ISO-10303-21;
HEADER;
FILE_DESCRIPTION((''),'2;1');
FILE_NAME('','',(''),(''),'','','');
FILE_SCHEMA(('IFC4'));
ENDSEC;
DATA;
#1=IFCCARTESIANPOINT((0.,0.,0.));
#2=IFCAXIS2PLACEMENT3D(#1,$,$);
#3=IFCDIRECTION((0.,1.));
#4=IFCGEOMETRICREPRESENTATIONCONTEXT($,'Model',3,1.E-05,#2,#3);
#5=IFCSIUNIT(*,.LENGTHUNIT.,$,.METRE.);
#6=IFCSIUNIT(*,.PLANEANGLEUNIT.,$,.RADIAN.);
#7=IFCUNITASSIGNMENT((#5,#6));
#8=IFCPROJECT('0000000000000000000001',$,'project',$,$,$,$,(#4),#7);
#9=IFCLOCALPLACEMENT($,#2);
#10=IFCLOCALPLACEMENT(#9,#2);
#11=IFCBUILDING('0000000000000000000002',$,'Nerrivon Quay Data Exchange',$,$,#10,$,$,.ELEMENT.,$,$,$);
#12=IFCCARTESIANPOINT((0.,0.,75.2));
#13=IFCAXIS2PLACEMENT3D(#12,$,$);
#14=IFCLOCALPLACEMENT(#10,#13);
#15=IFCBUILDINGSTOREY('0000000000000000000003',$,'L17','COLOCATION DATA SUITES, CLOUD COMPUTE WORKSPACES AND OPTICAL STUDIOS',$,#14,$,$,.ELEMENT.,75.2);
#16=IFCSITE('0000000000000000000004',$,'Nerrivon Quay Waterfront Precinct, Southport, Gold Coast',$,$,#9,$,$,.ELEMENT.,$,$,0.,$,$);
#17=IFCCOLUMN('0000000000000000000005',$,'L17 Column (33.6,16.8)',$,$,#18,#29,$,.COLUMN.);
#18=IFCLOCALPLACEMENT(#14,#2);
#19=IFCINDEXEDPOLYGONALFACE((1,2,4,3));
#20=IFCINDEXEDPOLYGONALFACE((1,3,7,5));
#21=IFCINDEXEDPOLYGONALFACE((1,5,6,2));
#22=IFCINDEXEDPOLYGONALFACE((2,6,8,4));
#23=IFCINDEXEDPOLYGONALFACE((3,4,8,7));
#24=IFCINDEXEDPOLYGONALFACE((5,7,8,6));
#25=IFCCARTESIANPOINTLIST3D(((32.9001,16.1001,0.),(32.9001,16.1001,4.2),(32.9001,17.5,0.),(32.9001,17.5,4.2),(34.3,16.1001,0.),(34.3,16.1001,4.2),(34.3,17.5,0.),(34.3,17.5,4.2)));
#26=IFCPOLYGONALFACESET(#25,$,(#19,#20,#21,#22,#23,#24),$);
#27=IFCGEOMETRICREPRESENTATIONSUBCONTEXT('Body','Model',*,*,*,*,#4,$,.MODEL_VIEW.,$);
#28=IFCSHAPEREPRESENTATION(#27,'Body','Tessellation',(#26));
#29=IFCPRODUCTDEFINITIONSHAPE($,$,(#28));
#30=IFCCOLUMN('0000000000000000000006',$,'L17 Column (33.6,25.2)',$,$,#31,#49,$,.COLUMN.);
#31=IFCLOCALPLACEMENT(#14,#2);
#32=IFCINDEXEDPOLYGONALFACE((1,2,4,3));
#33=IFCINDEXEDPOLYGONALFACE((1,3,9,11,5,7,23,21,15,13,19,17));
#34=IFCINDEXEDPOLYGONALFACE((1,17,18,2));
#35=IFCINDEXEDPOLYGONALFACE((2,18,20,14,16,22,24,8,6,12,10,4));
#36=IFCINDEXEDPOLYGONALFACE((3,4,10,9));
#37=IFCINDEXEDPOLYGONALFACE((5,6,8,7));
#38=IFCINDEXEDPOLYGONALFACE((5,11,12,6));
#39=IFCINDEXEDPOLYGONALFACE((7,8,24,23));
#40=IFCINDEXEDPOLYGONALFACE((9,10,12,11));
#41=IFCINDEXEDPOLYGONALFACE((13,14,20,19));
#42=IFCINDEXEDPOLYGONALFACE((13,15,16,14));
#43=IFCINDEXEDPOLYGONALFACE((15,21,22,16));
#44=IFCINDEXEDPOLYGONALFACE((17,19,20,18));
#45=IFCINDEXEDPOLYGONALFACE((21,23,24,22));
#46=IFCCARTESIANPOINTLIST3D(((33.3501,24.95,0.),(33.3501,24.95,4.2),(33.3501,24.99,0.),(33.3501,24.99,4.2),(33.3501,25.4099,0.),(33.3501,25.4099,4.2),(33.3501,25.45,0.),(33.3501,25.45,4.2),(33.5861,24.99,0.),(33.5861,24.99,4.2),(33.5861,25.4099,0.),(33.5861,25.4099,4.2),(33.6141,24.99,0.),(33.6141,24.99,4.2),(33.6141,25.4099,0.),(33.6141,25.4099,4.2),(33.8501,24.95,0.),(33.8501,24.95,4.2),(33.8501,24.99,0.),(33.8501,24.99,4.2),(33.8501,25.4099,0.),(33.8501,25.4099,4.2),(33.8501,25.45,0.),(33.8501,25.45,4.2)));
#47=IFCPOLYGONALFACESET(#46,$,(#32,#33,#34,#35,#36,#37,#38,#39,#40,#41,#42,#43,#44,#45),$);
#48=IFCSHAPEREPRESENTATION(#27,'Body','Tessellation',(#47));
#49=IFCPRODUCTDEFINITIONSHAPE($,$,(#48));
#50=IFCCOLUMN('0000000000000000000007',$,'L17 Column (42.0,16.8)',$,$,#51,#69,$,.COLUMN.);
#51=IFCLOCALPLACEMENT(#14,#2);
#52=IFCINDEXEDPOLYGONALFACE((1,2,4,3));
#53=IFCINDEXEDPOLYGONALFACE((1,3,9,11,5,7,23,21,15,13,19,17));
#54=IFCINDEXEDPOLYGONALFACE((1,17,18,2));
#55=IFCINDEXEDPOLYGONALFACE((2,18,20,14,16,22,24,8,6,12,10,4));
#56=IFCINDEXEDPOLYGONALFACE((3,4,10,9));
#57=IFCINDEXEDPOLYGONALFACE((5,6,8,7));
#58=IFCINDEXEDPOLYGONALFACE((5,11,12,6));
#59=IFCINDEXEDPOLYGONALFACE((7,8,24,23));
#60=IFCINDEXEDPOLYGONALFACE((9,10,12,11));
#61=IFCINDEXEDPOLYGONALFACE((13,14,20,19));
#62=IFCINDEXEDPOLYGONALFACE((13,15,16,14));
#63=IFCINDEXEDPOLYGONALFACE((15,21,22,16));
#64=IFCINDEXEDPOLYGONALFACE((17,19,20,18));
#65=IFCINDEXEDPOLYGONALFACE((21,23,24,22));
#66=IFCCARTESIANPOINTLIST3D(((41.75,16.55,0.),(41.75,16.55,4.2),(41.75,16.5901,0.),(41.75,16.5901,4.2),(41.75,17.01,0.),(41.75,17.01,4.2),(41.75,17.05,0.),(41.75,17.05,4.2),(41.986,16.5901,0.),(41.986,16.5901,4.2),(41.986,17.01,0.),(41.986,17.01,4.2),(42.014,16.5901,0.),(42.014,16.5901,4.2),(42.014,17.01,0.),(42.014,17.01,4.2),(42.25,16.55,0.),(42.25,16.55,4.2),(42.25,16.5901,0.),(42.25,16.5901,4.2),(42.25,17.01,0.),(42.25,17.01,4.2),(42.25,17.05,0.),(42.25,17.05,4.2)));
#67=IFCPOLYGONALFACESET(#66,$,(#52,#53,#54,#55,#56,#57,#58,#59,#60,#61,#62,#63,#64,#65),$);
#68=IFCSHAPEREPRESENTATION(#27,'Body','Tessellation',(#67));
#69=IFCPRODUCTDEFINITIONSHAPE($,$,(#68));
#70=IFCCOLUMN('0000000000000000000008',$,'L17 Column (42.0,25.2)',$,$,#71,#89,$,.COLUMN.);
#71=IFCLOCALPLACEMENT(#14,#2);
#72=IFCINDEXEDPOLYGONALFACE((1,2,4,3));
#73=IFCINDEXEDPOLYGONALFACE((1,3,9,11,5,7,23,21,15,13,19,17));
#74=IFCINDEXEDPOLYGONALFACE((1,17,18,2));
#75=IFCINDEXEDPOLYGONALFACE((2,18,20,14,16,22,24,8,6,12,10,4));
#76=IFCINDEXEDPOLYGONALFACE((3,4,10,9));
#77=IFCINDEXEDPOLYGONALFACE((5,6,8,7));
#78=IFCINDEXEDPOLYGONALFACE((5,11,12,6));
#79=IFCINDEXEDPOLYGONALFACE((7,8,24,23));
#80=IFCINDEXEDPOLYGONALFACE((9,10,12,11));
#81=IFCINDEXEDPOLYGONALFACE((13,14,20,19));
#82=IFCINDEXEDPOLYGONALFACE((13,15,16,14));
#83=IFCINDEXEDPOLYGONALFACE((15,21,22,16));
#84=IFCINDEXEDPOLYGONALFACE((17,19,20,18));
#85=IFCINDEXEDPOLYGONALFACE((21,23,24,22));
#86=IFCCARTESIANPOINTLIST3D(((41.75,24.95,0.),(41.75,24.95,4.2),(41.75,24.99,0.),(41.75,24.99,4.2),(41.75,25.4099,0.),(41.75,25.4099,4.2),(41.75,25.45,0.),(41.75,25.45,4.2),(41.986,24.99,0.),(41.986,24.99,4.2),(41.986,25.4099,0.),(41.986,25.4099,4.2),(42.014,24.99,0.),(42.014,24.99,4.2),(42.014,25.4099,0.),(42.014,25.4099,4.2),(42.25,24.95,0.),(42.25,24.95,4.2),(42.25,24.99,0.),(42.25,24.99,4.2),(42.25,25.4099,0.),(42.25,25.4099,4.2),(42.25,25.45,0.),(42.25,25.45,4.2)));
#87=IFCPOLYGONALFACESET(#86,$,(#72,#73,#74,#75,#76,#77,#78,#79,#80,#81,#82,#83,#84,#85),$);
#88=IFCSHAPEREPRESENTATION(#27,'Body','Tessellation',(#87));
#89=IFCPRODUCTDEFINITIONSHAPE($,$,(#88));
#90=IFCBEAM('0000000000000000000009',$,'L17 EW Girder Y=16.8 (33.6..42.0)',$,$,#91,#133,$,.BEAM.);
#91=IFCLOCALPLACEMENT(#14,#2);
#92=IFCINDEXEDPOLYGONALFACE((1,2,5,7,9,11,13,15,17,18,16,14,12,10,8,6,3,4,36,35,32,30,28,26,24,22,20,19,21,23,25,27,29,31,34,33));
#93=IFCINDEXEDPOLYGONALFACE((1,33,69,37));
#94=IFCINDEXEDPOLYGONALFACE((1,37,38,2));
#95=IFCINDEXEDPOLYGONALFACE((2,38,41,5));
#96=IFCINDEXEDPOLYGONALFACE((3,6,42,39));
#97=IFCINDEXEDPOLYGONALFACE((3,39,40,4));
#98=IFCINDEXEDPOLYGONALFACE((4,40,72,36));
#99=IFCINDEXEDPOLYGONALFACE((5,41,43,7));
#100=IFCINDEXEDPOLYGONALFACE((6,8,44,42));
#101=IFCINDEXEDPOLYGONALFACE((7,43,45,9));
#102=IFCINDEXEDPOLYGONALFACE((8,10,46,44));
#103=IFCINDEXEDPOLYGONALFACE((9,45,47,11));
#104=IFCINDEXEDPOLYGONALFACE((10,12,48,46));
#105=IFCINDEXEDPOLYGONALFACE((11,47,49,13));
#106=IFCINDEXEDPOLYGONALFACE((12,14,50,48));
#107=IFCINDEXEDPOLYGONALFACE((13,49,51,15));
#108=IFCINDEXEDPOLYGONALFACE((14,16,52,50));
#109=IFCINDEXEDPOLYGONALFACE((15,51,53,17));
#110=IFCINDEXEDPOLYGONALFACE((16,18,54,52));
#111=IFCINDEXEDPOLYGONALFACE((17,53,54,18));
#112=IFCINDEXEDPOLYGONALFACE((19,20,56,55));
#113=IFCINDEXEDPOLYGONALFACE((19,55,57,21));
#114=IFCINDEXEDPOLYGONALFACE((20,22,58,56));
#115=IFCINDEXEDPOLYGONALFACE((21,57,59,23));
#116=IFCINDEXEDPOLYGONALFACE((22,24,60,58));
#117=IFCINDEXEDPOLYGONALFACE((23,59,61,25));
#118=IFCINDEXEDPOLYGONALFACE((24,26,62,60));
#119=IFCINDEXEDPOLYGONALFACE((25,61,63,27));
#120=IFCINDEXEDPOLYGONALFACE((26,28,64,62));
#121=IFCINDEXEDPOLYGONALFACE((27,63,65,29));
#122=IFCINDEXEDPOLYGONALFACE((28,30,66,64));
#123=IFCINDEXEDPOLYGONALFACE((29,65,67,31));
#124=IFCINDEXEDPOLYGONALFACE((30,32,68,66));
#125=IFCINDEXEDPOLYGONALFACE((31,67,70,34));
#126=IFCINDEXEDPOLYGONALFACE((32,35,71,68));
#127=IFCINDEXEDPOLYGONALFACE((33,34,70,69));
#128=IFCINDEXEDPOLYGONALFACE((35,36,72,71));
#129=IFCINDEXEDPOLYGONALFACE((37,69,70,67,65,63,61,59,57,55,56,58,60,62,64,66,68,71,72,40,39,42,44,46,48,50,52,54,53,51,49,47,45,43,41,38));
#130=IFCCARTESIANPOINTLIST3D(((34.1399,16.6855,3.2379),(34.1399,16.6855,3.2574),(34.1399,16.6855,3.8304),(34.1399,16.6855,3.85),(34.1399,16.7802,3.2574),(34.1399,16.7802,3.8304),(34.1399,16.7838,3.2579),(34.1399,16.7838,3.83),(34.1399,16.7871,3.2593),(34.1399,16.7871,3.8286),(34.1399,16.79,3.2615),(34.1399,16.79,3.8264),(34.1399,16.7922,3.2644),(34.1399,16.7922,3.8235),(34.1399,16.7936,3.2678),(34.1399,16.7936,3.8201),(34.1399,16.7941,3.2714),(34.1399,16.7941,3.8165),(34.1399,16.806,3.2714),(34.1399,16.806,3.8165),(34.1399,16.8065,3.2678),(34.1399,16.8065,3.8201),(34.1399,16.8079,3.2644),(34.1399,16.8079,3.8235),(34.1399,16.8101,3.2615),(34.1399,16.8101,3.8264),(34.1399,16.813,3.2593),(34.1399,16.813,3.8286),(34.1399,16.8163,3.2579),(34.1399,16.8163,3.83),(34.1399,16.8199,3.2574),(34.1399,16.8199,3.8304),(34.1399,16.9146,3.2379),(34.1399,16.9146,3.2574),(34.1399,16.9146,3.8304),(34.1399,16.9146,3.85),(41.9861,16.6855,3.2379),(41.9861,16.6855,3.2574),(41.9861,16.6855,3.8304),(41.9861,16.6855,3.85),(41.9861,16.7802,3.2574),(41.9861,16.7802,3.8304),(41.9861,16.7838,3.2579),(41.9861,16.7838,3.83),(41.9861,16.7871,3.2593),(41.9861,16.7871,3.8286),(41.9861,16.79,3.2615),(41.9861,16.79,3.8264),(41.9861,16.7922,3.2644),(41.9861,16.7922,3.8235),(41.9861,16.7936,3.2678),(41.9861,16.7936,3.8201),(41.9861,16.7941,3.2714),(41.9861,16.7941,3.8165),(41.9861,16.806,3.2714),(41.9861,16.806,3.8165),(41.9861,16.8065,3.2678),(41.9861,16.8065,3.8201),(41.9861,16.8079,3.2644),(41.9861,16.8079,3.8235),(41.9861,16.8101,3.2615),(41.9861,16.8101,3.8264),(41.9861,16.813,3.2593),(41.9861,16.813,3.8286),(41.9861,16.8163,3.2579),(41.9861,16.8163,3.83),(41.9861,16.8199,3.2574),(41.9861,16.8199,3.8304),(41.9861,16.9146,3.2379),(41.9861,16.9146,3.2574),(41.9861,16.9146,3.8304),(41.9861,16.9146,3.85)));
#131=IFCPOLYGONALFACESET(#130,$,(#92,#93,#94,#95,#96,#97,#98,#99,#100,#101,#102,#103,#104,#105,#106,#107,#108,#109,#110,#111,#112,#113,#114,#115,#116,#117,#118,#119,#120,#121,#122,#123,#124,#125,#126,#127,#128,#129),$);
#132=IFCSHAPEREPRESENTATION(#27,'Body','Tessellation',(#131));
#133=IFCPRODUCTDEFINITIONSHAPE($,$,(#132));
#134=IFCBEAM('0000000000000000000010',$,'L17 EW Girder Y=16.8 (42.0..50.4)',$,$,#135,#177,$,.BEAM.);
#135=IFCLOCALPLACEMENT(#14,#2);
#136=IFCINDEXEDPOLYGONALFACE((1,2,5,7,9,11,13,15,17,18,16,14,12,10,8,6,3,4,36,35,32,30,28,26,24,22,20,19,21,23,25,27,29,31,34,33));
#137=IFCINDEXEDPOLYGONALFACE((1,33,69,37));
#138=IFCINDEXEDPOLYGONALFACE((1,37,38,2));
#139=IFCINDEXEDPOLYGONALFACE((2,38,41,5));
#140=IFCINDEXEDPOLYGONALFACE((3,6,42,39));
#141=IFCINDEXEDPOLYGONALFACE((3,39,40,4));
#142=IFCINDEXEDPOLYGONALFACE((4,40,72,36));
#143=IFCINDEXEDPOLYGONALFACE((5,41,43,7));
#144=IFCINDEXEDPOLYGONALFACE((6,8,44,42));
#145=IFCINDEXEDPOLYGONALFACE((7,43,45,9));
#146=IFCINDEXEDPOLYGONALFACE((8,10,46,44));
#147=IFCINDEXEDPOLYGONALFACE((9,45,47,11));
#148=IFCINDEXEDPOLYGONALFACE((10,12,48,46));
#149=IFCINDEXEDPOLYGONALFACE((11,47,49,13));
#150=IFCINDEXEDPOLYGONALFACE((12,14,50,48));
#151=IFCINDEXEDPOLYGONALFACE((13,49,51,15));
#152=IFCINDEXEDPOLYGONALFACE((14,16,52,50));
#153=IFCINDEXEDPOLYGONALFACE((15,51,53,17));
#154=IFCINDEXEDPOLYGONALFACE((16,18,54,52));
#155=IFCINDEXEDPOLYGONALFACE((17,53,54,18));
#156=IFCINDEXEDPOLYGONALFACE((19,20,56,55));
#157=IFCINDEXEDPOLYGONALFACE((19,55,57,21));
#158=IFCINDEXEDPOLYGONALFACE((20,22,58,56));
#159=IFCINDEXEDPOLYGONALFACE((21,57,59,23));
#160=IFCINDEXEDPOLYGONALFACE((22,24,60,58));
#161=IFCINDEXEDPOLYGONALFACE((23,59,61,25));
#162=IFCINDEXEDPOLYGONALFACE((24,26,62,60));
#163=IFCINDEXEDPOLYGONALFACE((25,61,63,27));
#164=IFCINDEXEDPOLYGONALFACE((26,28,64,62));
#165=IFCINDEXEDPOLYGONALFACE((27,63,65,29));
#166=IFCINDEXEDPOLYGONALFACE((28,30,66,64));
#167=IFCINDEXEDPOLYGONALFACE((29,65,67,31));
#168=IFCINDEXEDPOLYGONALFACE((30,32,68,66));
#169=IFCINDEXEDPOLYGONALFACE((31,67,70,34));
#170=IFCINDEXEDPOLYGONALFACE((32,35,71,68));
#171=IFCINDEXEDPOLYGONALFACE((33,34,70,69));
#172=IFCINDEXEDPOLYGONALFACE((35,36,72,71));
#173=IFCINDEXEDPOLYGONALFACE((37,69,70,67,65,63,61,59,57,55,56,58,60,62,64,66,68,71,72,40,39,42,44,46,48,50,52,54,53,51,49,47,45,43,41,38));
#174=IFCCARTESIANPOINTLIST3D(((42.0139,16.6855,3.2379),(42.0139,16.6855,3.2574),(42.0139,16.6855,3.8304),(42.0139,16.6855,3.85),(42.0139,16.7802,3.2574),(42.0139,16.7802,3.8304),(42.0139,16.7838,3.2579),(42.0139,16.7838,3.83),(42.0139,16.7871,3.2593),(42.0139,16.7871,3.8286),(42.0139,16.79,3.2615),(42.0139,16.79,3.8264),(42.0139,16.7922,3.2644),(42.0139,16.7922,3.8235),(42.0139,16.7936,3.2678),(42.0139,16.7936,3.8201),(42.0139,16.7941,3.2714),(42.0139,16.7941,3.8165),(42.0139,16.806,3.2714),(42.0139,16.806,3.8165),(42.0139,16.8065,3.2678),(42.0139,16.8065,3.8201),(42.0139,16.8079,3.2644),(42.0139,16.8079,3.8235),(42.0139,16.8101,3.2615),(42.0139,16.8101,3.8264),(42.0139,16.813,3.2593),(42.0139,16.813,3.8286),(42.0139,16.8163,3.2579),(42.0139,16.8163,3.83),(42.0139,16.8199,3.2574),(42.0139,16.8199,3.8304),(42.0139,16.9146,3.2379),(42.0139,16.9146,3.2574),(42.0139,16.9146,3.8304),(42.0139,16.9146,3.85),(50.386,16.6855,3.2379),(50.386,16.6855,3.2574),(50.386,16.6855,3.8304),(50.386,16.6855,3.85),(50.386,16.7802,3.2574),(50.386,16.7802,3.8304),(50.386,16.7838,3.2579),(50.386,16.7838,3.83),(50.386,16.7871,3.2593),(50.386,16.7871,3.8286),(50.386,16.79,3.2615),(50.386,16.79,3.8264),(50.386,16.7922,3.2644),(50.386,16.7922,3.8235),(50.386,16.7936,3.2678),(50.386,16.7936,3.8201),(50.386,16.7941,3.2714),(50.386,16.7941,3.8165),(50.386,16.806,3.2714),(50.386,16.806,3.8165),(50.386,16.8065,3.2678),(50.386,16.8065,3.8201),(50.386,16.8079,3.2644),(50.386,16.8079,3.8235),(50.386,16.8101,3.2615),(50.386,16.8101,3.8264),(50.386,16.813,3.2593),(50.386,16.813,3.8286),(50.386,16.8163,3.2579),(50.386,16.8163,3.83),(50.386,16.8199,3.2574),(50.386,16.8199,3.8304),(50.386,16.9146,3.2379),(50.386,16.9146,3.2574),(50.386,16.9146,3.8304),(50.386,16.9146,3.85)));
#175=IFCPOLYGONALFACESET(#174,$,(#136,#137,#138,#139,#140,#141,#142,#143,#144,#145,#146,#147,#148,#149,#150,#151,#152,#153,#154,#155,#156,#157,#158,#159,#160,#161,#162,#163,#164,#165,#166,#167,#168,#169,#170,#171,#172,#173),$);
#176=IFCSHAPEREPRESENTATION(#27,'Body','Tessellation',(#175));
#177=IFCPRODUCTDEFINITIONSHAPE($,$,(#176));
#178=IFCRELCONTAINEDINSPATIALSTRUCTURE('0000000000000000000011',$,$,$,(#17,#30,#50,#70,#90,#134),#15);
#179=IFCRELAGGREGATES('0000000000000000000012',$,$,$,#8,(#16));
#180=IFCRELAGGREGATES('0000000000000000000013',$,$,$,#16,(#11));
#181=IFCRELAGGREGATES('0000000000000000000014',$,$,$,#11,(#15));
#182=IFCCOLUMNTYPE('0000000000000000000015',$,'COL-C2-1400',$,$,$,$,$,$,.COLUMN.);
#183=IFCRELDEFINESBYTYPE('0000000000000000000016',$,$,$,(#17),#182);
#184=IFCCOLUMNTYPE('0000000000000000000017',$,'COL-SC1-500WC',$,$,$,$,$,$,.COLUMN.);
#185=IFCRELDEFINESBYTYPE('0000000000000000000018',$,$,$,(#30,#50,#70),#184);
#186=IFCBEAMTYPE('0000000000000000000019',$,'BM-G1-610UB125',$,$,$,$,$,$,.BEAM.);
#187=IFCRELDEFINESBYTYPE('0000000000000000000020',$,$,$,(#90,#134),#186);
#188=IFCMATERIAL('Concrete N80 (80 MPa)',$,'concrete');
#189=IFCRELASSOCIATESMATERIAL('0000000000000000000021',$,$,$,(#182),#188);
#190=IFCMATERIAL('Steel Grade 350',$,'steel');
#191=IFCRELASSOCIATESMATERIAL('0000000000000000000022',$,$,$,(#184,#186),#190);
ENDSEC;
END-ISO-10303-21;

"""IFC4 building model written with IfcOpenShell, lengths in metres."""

from ifc_helpers import new_model, si_unit, direction, frame, origin, origin_2d, place, context, subcontext, project, spatial, rectangle, i_section, extrude, material, material_profile, profile_set, type_object, element, save


model = new_model("IFC4")

# Units and contexts
model_context = context("Model", 3, precision=1e-05, world=origin(), true_north=direction((0.0, 1.0)))
body_context = subcontext(model_context, "Body", "Model", "MODEL_VIEW")
ifc_project = project(units=[si_unit("LENGTHUNIT", "METRE"), si_unit("PLANEANGLEUNIT", "RADIAN")], contexts=[model_context])

# Site, building, storey
site_placement = place(None, origin())
site = spatial("IfcSite", under=ifc_project, at=site_placement, Name="Nerrivon Quay Waterfront Precinct, Southport, Gold Coast", CompositionType="ELEMENT", RefElevation=0.0)
building_placement = place(site_placement, origin())
building = spatial("IfcBuilding", under=site, at=building_placement, Name="Nerrivon Quay Data Exchange", CompositionType="ELEMENT")
storey_placement = place(building_placement, frame((0.0, 0.0, 75.2)))
storey = spatial("IfcBuildingStorey", under=building, at=storey_placement, Name="L17", Description="COLOCATION DATA SUITES, CLOUD COMPUTE WORKSPACES AND OPTICAL STUDIOS", CompositionType="ELEMENT", Elevation=75.2)

# Columns
ifc_material_1 = material(Name="Concrete N80 (80 MPa)", Category="concrete")
ifc_material_profile_1 = material_profile(ifc_material_1, rectangle(XDim=1.3999, YDim=1.3999, at=origin_2d()), Name="RC-COL-1400x1400")
ifc_profile_set_1 = profile_set([ifc_material_profile_1], Name="Concrete N80 (80 MPa)")
column_type_1 = type_object("IfcColumnType", Name="COL-C2-1400", PredefinedType="COLUMN", material=ifc_profile_set_1)
column_placement = place(storey_placement, frame((33.6001, 16.8, 0.0), z_axis=(0.0, 0.0, 1.0), x_axis=(1.0, 0.0, 0.0)))
element("IfcColumn", 1, at=column_placement, inside=storey, type_object=column_type_1, Name="L17 Column (33.6,16.8)", PredefinedType="COLUMN", context=body_context, shape_type="SweptSolid", body=[
    extrude(rectangle(XDim=1.3999, YDim=1.3999, at=origin_2d()), origin(), (0.0, 0.0, 1.0), 4.2),
])
ifc_material_2 = material(Name="Steel Grade 350", Category="steel")
ifc_material_profile_2 = material_profile(ifc_material_2, i_section(OverallWidth=0.5, OverallDepth=0.5, WebThickness=0.0281, FlangeThickness=0.04, at=origin_2d()), Name="500WC440")
ifc_profile_set_2 = profile_set([ifc_material_profile_2], Name="Steel Grade 350")
column_type_2 = type_object("IfcColumnType", Name="COL-SC1-500WC", PredefinedType="COLUMN", material=ifc_profile_set_2)
for number, where, z_axis, x_axis, name in (
    (2, (33.6001, 25.2, 0.0), (0.0, 0.0, 1.0), (1.0, 0.0, 0.0), "L17 Column (33.6,25.2)"),
    (3, (42.0, 16.8, 0.0), (0.0, 0.0, 1.0), (1.0, 0.0, 0.0), "L17 Column (42.0,16.8)"),
    (4, (42.0, 25.2, 0.0), (0.0, 0.0, 1.0), (1.0, 0.0, 0.0), "L17 Column (42.0,25.2)"),
):
    element("IfcColumn", number, at=place(storey_placement, frame(where, z_axis=z_axis, x_axis=x_axis)), inside=storey, type_object=column_type_2, Name=name, PredefinedType="COLUMN", context=body_context, shape_type="SweptSolid", body=[
        extrude(i_section(OverallWidth=0.5, OverallDepth=0.5, WebThickness=0.0281, FlangeThickness=0.04, at=origin_2d()), origin(), (0.0, 0.0, 1.0), 4.2),
    ])

# Beams
ifc_material_profile_3 = material_profile(ifc_material_2, i_section(OverallWidth=0.229, OverallDepth=0.6121, WebThickness=0.012, FlangeThickness=0.0195, FilletRadius=0.0139, at=origin_2d()), Name="610UB125")
ifc_profile_set_3 = profile_set([ifc_material_profile_3], Name="Steel Grade 350")
beam_type_1 = type_object("IfcBeamType", Name="BM-G1-610UB125", PredefinedType="BEAM", material=ifc_profile_set_3)
beam_1_placement = place(storey_placement, frame((34.1399, 16.8, 3.5439), z_axis=(1.0, 0.0, 0.0), x_axis=(0.0, 1.0, 0.0)))
element("IfcBeam", 5, at=beam_1_placement, inside=storey, type_object=beam_type_1, Name="L17 EW Girder Y=16.8 (33.6..42.0)", PredefinedType="BEAM", context=body_context, shape_type="SweptSolid", body=[
    extrude(i_section(OverallWidth=0.229, OverallDepth=0.6121, WebThickness=0.012, FlangeThickness=0.0195, FilletRadius=0.0139, at=origin_2d()), origin(), (0.0, 0.0, 1.0), 7.8462),
])
for number, where, z_axis, x_axis, name in (
    (6, (42.0139, 16.8, 3.5439), (1.0, 0.0, 0.0), (0.0, 1.0, 0.0), "L17 EW Girder Y=16.8 (42.0..50.4)"),
):
    element("IfcBeam", number, at=place(storey_placement, frame(where, z_axis=z_axis, x_axis=x_axis)), inside=storey, type_object=beam_type_1, Name=name, PredefinedType="BEAM", context=body_context, shape_type="SweptSolid", body=[
        extrude(i_section(OverallWidth=0.229, OverallDepth=0.6121, WebThickness=0.012, FlangeThickness=0.0195, FilletRadius=0.0139, at=origin_2d()), origin(), (0.0, 0.0, 1.0), 8.3721),
    ])

save(model, "model.ifc")
